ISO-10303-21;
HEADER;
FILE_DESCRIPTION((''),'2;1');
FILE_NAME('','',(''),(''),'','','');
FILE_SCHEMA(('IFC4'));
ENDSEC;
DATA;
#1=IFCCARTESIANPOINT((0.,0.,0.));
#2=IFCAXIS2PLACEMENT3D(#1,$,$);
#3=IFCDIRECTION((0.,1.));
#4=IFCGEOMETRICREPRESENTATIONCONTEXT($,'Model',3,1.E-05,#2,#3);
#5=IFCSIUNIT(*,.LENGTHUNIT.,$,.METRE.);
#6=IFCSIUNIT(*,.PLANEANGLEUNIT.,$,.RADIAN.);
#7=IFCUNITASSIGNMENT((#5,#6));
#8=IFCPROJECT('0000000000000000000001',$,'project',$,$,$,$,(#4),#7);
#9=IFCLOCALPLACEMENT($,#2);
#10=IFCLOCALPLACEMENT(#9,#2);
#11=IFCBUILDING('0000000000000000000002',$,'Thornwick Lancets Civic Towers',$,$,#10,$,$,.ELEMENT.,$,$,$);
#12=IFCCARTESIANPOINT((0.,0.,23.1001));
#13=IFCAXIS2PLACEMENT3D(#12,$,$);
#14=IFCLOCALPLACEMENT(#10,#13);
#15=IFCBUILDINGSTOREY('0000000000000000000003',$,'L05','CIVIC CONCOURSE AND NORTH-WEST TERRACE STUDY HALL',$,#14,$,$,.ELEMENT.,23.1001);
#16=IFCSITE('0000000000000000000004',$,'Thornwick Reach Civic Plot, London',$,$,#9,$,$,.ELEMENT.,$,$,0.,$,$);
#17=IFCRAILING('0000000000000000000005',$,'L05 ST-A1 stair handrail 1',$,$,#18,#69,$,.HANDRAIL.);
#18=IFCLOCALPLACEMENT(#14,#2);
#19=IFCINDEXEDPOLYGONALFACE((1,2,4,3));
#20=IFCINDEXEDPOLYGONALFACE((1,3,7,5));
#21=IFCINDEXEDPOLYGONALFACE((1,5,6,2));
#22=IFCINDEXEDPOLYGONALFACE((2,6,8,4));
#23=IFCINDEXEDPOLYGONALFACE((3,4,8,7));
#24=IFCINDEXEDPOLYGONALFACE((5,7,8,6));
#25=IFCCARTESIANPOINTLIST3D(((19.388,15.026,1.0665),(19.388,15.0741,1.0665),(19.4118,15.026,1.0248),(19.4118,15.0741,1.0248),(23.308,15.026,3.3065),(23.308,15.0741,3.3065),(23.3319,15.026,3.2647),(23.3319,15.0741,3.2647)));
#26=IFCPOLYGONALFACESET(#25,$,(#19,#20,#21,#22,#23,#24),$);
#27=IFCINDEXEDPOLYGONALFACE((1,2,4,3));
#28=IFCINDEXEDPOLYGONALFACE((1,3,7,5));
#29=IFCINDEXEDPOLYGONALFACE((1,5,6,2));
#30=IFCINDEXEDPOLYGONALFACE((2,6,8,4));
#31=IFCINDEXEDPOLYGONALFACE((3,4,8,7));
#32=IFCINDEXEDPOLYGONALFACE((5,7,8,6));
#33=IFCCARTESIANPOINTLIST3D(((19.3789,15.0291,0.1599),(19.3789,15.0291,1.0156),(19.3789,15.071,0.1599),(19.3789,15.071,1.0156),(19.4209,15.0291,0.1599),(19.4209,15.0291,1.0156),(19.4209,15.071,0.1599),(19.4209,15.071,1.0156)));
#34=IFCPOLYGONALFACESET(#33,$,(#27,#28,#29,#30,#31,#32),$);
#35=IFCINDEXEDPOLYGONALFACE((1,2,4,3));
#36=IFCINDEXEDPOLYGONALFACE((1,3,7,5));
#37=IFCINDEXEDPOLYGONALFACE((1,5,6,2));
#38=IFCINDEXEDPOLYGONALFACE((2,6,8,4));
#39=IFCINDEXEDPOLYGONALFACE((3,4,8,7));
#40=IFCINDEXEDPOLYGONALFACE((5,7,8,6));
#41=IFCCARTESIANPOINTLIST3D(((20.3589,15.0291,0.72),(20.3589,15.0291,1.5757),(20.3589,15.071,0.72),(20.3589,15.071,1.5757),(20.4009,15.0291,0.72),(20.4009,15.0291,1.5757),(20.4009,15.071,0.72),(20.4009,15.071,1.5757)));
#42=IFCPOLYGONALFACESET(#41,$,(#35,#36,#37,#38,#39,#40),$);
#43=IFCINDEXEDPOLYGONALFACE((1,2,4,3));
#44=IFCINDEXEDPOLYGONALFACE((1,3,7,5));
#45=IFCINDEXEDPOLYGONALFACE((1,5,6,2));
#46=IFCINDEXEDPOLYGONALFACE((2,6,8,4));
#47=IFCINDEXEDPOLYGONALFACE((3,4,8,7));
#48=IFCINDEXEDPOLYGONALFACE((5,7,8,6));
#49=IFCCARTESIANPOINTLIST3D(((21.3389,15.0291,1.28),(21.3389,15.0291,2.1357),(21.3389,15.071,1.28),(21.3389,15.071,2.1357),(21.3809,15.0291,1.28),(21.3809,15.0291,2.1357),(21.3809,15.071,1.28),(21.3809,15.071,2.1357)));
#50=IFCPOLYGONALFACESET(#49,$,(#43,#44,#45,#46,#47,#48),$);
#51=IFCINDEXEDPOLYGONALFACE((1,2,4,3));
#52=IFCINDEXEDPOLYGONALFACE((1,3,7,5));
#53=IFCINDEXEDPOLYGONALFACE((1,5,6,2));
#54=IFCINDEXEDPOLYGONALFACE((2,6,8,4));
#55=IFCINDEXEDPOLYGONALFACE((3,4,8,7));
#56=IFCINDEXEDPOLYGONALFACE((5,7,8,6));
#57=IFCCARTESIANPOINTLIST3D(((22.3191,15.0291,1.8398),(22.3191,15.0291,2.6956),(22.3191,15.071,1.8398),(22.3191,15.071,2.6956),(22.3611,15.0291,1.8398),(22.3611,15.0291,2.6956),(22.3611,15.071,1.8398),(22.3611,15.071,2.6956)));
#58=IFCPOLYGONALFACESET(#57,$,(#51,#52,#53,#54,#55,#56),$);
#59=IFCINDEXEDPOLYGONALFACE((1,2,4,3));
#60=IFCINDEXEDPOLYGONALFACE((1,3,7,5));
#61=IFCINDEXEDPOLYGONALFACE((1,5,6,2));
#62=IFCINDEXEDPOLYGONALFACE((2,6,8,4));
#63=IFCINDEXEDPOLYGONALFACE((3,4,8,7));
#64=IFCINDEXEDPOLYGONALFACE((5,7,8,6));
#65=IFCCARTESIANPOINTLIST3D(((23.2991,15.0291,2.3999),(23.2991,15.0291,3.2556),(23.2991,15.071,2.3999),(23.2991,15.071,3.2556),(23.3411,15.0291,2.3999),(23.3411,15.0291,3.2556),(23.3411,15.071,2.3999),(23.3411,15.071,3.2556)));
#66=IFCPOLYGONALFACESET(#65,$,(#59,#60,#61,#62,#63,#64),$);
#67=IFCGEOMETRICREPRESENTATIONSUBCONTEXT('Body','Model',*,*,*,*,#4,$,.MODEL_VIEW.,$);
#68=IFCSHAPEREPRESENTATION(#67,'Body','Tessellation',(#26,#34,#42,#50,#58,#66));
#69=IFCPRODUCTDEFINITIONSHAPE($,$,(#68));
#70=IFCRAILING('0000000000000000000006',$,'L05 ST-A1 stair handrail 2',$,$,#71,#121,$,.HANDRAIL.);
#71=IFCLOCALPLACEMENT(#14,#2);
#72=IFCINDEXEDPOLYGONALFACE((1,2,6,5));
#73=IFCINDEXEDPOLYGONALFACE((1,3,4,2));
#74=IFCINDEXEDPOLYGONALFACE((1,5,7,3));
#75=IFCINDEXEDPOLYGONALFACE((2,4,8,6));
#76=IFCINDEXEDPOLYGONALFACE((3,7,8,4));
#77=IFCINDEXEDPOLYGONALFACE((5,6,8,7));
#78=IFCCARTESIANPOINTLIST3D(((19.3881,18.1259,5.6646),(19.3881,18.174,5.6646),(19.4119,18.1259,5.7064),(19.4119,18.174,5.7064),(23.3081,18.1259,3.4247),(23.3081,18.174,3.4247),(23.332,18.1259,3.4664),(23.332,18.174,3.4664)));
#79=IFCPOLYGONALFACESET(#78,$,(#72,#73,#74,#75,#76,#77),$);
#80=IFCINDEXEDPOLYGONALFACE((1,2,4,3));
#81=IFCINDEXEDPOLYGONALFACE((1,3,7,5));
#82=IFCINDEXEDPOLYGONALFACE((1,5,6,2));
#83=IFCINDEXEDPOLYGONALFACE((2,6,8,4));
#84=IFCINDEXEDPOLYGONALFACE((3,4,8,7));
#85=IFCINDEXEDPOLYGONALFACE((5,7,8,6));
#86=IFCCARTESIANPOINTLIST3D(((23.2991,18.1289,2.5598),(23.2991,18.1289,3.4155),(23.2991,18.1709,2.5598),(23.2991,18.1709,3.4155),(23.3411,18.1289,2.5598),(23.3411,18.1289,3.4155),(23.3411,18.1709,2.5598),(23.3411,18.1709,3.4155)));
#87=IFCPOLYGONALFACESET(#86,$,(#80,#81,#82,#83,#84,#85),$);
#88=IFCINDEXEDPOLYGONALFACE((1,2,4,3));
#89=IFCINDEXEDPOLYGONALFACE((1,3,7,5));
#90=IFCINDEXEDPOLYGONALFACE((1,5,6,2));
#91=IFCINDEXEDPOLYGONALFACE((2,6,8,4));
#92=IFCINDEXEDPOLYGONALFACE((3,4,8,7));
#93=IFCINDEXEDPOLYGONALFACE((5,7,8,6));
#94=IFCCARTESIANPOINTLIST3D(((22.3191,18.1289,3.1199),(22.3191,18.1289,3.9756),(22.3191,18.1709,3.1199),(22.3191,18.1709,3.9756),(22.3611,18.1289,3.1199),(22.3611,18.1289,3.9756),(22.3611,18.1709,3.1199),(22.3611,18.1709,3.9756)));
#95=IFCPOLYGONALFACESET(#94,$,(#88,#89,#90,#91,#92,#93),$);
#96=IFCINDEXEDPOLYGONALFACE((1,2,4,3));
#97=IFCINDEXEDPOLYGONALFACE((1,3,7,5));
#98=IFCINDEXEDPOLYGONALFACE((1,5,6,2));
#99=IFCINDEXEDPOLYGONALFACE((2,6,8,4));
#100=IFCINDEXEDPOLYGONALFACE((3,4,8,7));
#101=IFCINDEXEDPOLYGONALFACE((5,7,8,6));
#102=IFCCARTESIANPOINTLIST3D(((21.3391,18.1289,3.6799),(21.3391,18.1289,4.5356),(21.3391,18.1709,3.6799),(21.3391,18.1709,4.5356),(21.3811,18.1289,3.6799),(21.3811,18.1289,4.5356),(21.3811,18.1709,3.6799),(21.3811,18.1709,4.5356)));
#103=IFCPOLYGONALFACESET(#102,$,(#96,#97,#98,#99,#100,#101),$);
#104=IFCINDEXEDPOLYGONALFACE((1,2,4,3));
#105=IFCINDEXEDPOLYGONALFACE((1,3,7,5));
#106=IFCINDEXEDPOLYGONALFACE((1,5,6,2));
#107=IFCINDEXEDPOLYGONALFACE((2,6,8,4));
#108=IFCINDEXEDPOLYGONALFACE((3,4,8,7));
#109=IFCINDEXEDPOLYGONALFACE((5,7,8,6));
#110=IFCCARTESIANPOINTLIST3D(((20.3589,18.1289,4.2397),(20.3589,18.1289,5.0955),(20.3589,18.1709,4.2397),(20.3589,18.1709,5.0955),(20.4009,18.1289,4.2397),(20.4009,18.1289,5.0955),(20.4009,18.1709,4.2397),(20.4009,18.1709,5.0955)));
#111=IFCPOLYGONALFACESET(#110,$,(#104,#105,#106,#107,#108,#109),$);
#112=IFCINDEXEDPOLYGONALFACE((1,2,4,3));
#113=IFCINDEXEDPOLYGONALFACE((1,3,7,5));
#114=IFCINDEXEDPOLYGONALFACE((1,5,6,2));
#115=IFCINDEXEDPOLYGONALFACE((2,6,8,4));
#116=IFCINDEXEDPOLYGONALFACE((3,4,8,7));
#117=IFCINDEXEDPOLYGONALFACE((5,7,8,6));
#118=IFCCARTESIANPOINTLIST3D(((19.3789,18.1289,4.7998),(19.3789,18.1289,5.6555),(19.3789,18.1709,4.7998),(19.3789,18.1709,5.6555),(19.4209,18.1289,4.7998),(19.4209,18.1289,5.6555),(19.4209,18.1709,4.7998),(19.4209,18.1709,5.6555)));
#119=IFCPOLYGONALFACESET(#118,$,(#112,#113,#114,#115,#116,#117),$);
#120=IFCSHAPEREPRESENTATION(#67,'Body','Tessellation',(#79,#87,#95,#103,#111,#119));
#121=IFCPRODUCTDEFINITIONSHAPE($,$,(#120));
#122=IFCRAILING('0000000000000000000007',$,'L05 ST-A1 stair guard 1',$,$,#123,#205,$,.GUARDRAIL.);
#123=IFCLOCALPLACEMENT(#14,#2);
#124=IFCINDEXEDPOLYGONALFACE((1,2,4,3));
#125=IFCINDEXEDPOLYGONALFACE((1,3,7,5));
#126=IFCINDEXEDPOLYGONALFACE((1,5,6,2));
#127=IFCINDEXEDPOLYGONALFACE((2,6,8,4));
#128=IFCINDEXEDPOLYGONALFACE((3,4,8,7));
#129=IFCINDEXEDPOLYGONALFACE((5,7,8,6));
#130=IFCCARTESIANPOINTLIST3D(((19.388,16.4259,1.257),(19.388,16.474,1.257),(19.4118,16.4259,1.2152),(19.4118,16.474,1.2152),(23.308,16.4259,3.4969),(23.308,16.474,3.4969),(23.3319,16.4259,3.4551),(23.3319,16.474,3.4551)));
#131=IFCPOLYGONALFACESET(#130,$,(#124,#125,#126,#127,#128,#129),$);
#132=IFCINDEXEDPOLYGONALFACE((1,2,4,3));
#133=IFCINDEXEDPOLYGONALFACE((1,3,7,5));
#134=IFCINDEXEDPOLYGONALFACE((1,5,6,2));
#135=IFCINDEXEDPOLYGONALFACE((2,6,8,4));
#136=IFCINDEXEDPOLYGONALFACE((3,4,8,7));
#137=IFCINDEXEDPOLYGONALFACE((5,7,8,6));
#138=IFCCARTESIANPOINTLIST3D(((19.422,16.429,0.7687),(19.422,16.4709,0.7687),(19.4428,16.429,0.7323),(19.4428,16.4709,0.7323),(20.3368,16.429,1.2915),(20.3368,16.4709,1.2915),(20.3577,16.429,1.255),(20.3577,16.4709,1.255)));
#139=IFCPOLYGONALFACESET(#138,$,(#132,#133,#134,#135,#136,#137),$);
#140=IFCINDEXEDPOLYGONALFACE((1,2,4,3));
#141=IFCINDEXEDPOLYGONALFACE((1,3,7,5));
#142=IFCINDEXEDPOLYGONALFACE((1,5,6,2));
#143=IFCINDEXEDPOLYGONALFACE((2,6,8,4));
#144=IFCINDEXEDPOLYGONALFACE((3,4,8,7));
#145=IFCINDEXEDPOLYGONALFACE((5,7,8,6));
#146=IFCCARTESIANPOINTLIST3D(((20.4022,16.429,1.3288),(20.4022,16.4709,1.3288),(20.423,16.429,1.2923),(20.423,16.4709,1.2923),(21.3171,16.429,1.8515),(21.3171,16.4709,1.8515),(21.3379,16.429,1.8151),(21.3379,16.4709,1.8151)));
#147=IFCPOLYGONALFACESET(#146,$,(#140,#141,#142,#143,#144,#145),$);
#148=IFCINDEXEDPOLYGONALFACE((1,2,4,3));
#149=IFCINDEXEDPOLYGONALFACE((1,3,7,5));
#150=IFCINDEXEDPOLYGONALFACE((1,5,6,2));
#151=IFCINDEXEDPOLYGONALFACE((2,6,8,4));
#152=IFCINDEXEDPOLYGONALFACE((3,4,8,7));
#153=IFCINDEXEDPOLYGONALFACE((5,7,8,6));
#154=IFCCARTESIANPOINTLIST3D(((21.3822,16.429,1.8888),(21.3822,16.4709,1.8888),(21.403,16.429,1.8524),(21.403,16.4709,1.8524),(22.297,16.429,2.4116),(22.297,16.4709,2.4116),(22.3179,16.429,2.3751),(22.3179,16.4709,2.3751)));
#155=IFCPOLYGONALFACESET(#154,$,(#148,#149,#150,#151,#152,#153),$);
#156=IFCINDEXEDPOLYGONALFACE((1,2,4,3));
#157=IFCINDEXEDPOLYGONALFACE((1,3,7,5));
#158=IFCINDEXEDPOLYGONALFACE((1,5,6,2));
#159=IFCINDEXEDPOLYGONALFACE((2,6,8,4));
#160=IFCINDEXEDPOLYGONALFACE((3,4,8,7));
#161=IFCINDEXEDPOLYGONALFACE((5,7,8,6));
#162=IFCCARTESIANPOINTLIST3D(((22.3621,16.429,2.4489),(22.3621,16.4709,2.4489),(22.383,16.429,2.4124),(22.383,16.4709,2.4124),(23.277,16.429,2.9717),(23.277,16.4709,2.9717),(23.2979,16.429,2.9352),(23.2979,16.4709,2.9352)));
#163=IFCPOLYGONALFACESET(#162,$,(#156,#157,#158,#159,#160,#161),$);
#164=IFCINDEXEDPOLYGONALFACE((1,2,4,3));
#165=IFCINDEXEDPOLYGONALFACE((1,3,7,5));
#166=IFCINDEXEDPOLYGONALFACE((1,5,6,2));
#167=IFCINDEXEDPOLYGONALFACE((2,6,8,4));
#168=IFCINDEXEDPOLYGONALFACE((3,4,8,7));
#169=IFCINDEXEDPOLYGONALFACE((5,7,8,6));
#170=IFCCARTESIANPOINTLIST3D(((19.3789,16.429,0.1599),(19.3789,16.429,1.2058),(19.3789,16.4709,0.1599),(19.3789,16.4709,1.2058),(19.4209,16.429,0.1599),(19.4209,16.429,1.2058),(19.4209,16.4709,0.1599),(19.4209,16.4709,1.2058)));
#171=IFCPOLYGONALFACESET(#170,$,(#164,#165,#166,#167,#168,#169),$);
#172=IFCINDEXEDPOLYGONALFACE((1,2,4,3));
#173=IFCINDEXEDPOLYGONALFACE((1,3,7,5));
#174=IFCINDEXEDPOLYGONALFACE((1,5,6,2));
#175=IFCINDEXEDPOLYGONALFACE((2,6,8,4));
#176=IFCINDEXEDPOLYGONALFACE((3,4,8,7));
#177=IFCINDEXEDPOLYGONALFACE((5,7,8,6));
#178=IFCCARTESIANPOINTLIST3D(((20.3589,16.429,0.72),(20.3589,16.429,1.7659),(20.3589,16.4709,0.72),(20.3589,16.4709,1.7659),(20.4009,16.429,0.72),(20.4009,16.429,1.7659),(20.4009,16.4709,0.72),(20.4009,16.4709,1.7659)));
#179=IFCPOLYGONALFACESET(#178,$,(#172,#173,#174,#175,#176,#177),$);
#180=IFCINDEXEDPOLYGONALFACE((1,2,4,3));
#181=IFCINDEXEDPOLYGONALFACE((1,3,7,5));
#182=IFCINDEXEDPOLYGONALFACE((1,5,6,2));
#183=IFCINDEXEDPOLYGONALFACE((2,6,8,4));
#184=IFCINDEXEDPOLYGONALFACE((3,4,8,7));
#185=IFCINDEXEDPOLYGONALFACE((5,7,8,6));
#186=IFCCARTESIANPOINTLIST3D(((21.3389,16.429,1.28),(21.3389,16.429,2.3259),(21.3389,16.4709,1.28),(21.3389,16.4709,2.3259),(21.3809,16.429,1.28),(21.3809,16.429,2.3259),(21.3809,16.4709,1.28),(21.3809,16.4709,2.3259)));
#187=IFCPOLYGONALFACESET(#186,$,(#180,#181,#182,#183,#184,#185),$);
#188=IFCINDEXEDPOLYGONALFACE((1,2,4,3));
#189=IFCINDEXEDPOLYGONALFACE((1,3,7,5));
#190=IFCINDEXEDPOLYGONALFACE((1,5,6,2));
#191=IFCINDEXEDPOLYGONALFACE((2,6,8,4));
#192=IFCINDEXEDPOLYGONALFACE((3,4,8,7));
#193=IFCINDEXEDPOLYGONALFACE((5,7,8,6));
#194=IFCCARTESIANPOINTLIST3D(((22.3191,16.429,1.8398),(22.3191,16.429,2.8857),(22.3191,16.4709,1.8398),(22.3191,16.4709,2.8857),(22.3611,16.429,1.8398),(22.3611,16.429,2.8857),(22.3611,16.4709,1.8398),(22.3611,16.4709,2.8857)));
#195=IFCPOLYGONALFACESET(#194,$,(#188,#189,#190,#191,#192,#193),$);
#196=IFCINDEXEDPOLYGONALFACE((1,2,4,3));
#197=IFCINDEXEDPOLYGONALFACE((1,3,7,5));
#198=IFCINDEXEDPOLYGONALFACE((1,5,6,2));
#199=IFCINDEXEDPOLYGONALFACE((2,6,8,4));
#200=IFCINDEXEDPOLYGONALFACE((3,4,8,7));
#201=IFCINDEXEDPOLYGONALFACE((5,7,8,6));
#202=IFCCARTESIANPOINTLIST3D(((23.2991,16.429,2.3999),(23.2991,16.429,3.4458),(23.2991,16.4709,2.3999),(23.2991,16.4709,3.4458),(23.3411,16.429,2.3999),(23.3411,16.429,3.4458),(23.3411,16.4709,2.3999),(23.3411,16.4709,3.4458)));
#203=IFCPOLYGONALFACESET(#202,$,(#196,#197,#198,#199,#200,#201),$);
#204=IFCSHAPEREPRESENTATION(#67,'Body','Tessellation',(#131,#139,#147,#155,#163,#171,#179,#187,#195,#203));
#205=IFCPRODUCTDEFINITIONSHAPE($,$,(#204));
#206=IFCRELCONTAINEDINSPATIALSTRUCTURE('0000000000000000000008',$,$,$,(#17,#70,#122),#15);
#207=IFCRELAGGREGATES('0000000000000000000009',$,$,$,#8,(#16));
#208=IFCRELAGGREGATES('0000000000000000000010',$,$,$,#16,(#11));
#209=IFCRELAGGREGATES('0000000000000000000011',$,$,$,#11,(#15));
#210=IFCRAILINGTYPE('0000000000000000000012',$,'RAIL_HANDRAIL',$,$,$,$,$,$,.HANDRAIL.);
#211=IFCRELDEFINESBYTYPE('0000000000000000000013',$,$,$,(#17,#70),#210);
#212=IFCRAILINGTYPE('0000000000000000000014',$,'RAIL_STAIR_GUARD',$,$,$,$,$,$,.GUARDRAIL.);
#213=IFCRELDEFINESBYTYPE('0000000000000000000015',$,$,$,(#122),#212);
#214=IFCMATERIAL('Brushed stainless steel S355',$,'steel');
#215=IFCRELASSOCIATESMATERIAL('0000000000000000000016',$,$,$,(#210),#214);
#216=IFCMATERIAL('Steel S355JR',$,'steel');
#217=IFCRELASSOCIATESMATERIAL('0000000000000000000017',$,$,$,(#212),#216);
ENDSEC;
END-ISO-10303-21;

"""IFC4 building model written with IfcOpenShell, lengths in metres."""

from ifc_helpers import new_model, si_unit, direction, frame, origin, origin_2d, place, context, subcontext, project, spatial, rectangle, extrude, material, type_object, element, save


model = new_model("IFC4")

# Units and contexts
model_context = context("Model", 3, precision=1e-05, world=origin(), true_north=direction((0.0, 1.0)))
body_context = subcontext(model_context, "Body", "Model", "MODEL_VIEW")
ifc_project = project(units=[si_unit("LENGTHUNIT", "METRE"), si_unit("PLANEANGLEUNIT", "RADIAN")], contexts=[model_context])

# Site, building, storey
site_placement = place(None, origin())
site = spatial("IfcSite", under=ifc_project, at=site_placement, Name="Thornwick Reach Civic Plot, London", CompositionType="ELEMENT", RefElevation=0.0)
building_placement = place(site_placement, origin())
building = spatial("IfcBuilding", under=site, at=building_placement, Name="Thornwick Lancets Civic Towers", CompositionType="ELEMENT")
storey_placement = place(building_placement, frame((0.0, 0.0, 23.1001)))
storey = spatial("IfcBuildingStorey", under=building, at=storey_placement, Name="L05", Description="CIVIC CONCOURSE AND NORTH-WEST TERRACE STUDY HALL", CompositionType="ELEMENT", Elevation=23.1001)

# Railings
ifc_material_1 = material(Name="Brushed stainless steel S355", Category="steel")
railing_type_1 = type_object("IfcRailingType", Name="RAIL_HANDRAIL", PredefinedType="HANDRAIL", material=ifc_material_1)
railing_1_placement = place(storey_placement, frame((19.3999, 15.05, 0.1599)))
element("IfcRailing", 1, at=railing_1_placement, inside=storey, type_object=railing_type_1, Name="L05 ST-A1 stair handrail 1", PredefinedType="HANDRAIL", context=body_context, shape_type="SweptSolid", body=[
    extrude(rectangle(XDim=0.0481, YDim=0.0481, at=origin_2d()), frame((0.0, 0.0, 0.8857), z_axis=(0.868253, 0.0, 0.496121), x_axis=(0.0, 1.0, 0.0)), (0.0, 0.0, 1.0), 4.5149),
    extrude(rectangle(XDim=0.042, YDim=0.042, at=origin_2d()), origin(), (0.0, 0.0, 1.0), 0.8557),
    extrude(rectangle(XDim=0.042, YDim=0.042, at=origin_2d()), frame((0.98, 0.0, 0.5601)), (0.0, 0.0, 1.0), 0.8557),
    extrude(rectangle(XDim=0.042, YDim=0.042, at=origin_2d()), frame((1.96, 0.0, 1.1201)), (0.0, 0.0, 1.0), 0.8557),
    extrude(rectangle(XDim=0.042, YDim=0.042, at=origin_2d()), frame((2.9402, 0.0, 1.6799)), (0.0, 0.0, 1.0), 0.8557),
    extrude(rectangle(XDim=0.042, YDim=0.042, at=origin_2d()), frame((3.9202, 0.0, 2.24)), (0.0, 0.0, 1.0), 0.8557),
])
railing_2_placement = place(storey_placement, frame((23.3201, 18.1499, 2.5598)))
element("IfcRailing", 2, at=railing_2_placement, inside=storey, type_object=railing_type_1, Name="L05 ST-A1 stair handrail 2", PredefinedType="HANDRAIL", context=body_context, shape_type="SweptSolid", body=[
    extrude(rectangle(XDim=0.0481, YDim=0.0481, at=origin_2d()), frame((0.0, 0.0, 0.8857), z_axis=(-0.868253, 0.0, 0.496121), x_axis=(0.0, -1.0, 0.0)), (0.0, 0.0, 1.0), 4.5149),
    extrude(rectangle(XDim=0.042, YDim=0.042, at=origin_2d()), origin(), (0.0, 0.0, 1.0), 0.8557),
    extrude(rectangle(XDim=0.042, YDim=0.042, at=origin_2d()), frame((-0.98, 0.0, 0.5601)), (0.0, 0.0, 1.0), 0.8557),
    extrude(rectangle(XDim=0.042, YDim=0.042, at=origin_2d()), frame((-1.96, 0.0, 1.1201)), (0.0, 0.0, 1.0), 0.8557),
    extrude(rectangle(XDim=0.042, YDim=0.042, at=origin_2d()), frame((-2.9402, 0.0, 1.6799)), (0.0, 0.0, 1.0), 0.8557),
    extrude(rectangle(XDim=0.042, YDim=0.042, at=origin_2d()), frame((-3.9202, 0.0, 2.24)), (0.0, 0.0, 1.0), 0.8557),
])
ifc_material_2 = material(Name="Steel S355JR", Category="steel")
railing_type_2 = type_object("IfcRailingType", Name="RAIL_STAIR_GUARD", PredefinedType="GUARDRAIL", material=ifc_material_2)
railing_3_placement = place(storey_placement, frame((19.3999, 16.45, 0.1599)))
element("IfcRailing", 3, at=railing_3_placement, inside=storey, type_object=railing_type_2, Name="L05 ST-A1 stair guard 1", PredefinedType="GUARDRAIL", context=body_context, shape_type="SweptSolid", body=[
    extrude(rectangle(XDim=0.0481, YDim=0.0481, at=origin_2d()), frame((0.0, 0.0, 1.0762), z_axis=(0.868253, 0.0, 0.496121), x_axis=(0.0, 1.0, 0.0)), (0.0, 0.0, 1.0), 4.5149),
    extrude(rectangle(XDim=0.042, YDim=0.042, at=origin_2d()), frame((0.0325, 0.0, 0.5906), z_axis=(0.868253, 0.0, 0.496121), x_axis=(0.0, 1.0, 0.0)), (0.0, 0.0, 1.0), 1.0537),
    extrude(rectangle(XDim=0.042, YDim=0.042, at=origin_2d()), frame((1.0127, 0.0, 1.1506), z_axis=(0.868253, 0.0, 0.496121), x_axis=(0.0, 1.0, 0.0)), (0.0, 0.0, 1.0), 1.0537),
    extrude(rectangle(XDim=0.042, YDim=0.042, at=origin_2d()), frame((1.9927, 0.0, 1.7107), z_axis=(0.868253, 0.0, 0.496121), x_axis=(0.0, 1.0, 0.0)), (0.0, 0.0, 1.0), 1.0537),
    extrude(rectangle(XDim=0.042, YDim=0.042, at=origin_2d()), frame((2.9727, 0.0, 2.2708), z_axis=(0.868253, 0.0, 0.496121), x_axis=(0.0, 1.0, 0.0)), (0.0, 0.0, 1.0), 1.0537),
    extrude(rectangle(XDim=0.042, YDim=0.042, at=origin_2d()), origin(), (0.0, 0.0, 1.0), 1.0459),
    extrude(rectangle(XDim=0.042, YDim=0.042, at=origin_2d()), frame((0.98, 0.0, 0.5601)), (0.0, 0.0, 1.0), 1.0459),
    extrude(rectangle(XDim=0.042, YDim=0.042, at=origin_2d()), frame((1.96, 0.0, 1.1201)), (0.0, 0.0, 1.0), 1.0459),
    extrude(rectangle(XDim=0.042, YDim=0.042, at=origin_2d()), frame((2.9402, 0.0, 1.6799)), (0.0, 0.0, 1.0), 1.0459),
    extrude(rectangle(XDim=0.042, YDim=0.042, at=origin_2d()), frame((3.9202, 0.0, 2.24)), (0.0, 0.0, 1.0), 1.0459),
])

save(model, "model.ifc")
